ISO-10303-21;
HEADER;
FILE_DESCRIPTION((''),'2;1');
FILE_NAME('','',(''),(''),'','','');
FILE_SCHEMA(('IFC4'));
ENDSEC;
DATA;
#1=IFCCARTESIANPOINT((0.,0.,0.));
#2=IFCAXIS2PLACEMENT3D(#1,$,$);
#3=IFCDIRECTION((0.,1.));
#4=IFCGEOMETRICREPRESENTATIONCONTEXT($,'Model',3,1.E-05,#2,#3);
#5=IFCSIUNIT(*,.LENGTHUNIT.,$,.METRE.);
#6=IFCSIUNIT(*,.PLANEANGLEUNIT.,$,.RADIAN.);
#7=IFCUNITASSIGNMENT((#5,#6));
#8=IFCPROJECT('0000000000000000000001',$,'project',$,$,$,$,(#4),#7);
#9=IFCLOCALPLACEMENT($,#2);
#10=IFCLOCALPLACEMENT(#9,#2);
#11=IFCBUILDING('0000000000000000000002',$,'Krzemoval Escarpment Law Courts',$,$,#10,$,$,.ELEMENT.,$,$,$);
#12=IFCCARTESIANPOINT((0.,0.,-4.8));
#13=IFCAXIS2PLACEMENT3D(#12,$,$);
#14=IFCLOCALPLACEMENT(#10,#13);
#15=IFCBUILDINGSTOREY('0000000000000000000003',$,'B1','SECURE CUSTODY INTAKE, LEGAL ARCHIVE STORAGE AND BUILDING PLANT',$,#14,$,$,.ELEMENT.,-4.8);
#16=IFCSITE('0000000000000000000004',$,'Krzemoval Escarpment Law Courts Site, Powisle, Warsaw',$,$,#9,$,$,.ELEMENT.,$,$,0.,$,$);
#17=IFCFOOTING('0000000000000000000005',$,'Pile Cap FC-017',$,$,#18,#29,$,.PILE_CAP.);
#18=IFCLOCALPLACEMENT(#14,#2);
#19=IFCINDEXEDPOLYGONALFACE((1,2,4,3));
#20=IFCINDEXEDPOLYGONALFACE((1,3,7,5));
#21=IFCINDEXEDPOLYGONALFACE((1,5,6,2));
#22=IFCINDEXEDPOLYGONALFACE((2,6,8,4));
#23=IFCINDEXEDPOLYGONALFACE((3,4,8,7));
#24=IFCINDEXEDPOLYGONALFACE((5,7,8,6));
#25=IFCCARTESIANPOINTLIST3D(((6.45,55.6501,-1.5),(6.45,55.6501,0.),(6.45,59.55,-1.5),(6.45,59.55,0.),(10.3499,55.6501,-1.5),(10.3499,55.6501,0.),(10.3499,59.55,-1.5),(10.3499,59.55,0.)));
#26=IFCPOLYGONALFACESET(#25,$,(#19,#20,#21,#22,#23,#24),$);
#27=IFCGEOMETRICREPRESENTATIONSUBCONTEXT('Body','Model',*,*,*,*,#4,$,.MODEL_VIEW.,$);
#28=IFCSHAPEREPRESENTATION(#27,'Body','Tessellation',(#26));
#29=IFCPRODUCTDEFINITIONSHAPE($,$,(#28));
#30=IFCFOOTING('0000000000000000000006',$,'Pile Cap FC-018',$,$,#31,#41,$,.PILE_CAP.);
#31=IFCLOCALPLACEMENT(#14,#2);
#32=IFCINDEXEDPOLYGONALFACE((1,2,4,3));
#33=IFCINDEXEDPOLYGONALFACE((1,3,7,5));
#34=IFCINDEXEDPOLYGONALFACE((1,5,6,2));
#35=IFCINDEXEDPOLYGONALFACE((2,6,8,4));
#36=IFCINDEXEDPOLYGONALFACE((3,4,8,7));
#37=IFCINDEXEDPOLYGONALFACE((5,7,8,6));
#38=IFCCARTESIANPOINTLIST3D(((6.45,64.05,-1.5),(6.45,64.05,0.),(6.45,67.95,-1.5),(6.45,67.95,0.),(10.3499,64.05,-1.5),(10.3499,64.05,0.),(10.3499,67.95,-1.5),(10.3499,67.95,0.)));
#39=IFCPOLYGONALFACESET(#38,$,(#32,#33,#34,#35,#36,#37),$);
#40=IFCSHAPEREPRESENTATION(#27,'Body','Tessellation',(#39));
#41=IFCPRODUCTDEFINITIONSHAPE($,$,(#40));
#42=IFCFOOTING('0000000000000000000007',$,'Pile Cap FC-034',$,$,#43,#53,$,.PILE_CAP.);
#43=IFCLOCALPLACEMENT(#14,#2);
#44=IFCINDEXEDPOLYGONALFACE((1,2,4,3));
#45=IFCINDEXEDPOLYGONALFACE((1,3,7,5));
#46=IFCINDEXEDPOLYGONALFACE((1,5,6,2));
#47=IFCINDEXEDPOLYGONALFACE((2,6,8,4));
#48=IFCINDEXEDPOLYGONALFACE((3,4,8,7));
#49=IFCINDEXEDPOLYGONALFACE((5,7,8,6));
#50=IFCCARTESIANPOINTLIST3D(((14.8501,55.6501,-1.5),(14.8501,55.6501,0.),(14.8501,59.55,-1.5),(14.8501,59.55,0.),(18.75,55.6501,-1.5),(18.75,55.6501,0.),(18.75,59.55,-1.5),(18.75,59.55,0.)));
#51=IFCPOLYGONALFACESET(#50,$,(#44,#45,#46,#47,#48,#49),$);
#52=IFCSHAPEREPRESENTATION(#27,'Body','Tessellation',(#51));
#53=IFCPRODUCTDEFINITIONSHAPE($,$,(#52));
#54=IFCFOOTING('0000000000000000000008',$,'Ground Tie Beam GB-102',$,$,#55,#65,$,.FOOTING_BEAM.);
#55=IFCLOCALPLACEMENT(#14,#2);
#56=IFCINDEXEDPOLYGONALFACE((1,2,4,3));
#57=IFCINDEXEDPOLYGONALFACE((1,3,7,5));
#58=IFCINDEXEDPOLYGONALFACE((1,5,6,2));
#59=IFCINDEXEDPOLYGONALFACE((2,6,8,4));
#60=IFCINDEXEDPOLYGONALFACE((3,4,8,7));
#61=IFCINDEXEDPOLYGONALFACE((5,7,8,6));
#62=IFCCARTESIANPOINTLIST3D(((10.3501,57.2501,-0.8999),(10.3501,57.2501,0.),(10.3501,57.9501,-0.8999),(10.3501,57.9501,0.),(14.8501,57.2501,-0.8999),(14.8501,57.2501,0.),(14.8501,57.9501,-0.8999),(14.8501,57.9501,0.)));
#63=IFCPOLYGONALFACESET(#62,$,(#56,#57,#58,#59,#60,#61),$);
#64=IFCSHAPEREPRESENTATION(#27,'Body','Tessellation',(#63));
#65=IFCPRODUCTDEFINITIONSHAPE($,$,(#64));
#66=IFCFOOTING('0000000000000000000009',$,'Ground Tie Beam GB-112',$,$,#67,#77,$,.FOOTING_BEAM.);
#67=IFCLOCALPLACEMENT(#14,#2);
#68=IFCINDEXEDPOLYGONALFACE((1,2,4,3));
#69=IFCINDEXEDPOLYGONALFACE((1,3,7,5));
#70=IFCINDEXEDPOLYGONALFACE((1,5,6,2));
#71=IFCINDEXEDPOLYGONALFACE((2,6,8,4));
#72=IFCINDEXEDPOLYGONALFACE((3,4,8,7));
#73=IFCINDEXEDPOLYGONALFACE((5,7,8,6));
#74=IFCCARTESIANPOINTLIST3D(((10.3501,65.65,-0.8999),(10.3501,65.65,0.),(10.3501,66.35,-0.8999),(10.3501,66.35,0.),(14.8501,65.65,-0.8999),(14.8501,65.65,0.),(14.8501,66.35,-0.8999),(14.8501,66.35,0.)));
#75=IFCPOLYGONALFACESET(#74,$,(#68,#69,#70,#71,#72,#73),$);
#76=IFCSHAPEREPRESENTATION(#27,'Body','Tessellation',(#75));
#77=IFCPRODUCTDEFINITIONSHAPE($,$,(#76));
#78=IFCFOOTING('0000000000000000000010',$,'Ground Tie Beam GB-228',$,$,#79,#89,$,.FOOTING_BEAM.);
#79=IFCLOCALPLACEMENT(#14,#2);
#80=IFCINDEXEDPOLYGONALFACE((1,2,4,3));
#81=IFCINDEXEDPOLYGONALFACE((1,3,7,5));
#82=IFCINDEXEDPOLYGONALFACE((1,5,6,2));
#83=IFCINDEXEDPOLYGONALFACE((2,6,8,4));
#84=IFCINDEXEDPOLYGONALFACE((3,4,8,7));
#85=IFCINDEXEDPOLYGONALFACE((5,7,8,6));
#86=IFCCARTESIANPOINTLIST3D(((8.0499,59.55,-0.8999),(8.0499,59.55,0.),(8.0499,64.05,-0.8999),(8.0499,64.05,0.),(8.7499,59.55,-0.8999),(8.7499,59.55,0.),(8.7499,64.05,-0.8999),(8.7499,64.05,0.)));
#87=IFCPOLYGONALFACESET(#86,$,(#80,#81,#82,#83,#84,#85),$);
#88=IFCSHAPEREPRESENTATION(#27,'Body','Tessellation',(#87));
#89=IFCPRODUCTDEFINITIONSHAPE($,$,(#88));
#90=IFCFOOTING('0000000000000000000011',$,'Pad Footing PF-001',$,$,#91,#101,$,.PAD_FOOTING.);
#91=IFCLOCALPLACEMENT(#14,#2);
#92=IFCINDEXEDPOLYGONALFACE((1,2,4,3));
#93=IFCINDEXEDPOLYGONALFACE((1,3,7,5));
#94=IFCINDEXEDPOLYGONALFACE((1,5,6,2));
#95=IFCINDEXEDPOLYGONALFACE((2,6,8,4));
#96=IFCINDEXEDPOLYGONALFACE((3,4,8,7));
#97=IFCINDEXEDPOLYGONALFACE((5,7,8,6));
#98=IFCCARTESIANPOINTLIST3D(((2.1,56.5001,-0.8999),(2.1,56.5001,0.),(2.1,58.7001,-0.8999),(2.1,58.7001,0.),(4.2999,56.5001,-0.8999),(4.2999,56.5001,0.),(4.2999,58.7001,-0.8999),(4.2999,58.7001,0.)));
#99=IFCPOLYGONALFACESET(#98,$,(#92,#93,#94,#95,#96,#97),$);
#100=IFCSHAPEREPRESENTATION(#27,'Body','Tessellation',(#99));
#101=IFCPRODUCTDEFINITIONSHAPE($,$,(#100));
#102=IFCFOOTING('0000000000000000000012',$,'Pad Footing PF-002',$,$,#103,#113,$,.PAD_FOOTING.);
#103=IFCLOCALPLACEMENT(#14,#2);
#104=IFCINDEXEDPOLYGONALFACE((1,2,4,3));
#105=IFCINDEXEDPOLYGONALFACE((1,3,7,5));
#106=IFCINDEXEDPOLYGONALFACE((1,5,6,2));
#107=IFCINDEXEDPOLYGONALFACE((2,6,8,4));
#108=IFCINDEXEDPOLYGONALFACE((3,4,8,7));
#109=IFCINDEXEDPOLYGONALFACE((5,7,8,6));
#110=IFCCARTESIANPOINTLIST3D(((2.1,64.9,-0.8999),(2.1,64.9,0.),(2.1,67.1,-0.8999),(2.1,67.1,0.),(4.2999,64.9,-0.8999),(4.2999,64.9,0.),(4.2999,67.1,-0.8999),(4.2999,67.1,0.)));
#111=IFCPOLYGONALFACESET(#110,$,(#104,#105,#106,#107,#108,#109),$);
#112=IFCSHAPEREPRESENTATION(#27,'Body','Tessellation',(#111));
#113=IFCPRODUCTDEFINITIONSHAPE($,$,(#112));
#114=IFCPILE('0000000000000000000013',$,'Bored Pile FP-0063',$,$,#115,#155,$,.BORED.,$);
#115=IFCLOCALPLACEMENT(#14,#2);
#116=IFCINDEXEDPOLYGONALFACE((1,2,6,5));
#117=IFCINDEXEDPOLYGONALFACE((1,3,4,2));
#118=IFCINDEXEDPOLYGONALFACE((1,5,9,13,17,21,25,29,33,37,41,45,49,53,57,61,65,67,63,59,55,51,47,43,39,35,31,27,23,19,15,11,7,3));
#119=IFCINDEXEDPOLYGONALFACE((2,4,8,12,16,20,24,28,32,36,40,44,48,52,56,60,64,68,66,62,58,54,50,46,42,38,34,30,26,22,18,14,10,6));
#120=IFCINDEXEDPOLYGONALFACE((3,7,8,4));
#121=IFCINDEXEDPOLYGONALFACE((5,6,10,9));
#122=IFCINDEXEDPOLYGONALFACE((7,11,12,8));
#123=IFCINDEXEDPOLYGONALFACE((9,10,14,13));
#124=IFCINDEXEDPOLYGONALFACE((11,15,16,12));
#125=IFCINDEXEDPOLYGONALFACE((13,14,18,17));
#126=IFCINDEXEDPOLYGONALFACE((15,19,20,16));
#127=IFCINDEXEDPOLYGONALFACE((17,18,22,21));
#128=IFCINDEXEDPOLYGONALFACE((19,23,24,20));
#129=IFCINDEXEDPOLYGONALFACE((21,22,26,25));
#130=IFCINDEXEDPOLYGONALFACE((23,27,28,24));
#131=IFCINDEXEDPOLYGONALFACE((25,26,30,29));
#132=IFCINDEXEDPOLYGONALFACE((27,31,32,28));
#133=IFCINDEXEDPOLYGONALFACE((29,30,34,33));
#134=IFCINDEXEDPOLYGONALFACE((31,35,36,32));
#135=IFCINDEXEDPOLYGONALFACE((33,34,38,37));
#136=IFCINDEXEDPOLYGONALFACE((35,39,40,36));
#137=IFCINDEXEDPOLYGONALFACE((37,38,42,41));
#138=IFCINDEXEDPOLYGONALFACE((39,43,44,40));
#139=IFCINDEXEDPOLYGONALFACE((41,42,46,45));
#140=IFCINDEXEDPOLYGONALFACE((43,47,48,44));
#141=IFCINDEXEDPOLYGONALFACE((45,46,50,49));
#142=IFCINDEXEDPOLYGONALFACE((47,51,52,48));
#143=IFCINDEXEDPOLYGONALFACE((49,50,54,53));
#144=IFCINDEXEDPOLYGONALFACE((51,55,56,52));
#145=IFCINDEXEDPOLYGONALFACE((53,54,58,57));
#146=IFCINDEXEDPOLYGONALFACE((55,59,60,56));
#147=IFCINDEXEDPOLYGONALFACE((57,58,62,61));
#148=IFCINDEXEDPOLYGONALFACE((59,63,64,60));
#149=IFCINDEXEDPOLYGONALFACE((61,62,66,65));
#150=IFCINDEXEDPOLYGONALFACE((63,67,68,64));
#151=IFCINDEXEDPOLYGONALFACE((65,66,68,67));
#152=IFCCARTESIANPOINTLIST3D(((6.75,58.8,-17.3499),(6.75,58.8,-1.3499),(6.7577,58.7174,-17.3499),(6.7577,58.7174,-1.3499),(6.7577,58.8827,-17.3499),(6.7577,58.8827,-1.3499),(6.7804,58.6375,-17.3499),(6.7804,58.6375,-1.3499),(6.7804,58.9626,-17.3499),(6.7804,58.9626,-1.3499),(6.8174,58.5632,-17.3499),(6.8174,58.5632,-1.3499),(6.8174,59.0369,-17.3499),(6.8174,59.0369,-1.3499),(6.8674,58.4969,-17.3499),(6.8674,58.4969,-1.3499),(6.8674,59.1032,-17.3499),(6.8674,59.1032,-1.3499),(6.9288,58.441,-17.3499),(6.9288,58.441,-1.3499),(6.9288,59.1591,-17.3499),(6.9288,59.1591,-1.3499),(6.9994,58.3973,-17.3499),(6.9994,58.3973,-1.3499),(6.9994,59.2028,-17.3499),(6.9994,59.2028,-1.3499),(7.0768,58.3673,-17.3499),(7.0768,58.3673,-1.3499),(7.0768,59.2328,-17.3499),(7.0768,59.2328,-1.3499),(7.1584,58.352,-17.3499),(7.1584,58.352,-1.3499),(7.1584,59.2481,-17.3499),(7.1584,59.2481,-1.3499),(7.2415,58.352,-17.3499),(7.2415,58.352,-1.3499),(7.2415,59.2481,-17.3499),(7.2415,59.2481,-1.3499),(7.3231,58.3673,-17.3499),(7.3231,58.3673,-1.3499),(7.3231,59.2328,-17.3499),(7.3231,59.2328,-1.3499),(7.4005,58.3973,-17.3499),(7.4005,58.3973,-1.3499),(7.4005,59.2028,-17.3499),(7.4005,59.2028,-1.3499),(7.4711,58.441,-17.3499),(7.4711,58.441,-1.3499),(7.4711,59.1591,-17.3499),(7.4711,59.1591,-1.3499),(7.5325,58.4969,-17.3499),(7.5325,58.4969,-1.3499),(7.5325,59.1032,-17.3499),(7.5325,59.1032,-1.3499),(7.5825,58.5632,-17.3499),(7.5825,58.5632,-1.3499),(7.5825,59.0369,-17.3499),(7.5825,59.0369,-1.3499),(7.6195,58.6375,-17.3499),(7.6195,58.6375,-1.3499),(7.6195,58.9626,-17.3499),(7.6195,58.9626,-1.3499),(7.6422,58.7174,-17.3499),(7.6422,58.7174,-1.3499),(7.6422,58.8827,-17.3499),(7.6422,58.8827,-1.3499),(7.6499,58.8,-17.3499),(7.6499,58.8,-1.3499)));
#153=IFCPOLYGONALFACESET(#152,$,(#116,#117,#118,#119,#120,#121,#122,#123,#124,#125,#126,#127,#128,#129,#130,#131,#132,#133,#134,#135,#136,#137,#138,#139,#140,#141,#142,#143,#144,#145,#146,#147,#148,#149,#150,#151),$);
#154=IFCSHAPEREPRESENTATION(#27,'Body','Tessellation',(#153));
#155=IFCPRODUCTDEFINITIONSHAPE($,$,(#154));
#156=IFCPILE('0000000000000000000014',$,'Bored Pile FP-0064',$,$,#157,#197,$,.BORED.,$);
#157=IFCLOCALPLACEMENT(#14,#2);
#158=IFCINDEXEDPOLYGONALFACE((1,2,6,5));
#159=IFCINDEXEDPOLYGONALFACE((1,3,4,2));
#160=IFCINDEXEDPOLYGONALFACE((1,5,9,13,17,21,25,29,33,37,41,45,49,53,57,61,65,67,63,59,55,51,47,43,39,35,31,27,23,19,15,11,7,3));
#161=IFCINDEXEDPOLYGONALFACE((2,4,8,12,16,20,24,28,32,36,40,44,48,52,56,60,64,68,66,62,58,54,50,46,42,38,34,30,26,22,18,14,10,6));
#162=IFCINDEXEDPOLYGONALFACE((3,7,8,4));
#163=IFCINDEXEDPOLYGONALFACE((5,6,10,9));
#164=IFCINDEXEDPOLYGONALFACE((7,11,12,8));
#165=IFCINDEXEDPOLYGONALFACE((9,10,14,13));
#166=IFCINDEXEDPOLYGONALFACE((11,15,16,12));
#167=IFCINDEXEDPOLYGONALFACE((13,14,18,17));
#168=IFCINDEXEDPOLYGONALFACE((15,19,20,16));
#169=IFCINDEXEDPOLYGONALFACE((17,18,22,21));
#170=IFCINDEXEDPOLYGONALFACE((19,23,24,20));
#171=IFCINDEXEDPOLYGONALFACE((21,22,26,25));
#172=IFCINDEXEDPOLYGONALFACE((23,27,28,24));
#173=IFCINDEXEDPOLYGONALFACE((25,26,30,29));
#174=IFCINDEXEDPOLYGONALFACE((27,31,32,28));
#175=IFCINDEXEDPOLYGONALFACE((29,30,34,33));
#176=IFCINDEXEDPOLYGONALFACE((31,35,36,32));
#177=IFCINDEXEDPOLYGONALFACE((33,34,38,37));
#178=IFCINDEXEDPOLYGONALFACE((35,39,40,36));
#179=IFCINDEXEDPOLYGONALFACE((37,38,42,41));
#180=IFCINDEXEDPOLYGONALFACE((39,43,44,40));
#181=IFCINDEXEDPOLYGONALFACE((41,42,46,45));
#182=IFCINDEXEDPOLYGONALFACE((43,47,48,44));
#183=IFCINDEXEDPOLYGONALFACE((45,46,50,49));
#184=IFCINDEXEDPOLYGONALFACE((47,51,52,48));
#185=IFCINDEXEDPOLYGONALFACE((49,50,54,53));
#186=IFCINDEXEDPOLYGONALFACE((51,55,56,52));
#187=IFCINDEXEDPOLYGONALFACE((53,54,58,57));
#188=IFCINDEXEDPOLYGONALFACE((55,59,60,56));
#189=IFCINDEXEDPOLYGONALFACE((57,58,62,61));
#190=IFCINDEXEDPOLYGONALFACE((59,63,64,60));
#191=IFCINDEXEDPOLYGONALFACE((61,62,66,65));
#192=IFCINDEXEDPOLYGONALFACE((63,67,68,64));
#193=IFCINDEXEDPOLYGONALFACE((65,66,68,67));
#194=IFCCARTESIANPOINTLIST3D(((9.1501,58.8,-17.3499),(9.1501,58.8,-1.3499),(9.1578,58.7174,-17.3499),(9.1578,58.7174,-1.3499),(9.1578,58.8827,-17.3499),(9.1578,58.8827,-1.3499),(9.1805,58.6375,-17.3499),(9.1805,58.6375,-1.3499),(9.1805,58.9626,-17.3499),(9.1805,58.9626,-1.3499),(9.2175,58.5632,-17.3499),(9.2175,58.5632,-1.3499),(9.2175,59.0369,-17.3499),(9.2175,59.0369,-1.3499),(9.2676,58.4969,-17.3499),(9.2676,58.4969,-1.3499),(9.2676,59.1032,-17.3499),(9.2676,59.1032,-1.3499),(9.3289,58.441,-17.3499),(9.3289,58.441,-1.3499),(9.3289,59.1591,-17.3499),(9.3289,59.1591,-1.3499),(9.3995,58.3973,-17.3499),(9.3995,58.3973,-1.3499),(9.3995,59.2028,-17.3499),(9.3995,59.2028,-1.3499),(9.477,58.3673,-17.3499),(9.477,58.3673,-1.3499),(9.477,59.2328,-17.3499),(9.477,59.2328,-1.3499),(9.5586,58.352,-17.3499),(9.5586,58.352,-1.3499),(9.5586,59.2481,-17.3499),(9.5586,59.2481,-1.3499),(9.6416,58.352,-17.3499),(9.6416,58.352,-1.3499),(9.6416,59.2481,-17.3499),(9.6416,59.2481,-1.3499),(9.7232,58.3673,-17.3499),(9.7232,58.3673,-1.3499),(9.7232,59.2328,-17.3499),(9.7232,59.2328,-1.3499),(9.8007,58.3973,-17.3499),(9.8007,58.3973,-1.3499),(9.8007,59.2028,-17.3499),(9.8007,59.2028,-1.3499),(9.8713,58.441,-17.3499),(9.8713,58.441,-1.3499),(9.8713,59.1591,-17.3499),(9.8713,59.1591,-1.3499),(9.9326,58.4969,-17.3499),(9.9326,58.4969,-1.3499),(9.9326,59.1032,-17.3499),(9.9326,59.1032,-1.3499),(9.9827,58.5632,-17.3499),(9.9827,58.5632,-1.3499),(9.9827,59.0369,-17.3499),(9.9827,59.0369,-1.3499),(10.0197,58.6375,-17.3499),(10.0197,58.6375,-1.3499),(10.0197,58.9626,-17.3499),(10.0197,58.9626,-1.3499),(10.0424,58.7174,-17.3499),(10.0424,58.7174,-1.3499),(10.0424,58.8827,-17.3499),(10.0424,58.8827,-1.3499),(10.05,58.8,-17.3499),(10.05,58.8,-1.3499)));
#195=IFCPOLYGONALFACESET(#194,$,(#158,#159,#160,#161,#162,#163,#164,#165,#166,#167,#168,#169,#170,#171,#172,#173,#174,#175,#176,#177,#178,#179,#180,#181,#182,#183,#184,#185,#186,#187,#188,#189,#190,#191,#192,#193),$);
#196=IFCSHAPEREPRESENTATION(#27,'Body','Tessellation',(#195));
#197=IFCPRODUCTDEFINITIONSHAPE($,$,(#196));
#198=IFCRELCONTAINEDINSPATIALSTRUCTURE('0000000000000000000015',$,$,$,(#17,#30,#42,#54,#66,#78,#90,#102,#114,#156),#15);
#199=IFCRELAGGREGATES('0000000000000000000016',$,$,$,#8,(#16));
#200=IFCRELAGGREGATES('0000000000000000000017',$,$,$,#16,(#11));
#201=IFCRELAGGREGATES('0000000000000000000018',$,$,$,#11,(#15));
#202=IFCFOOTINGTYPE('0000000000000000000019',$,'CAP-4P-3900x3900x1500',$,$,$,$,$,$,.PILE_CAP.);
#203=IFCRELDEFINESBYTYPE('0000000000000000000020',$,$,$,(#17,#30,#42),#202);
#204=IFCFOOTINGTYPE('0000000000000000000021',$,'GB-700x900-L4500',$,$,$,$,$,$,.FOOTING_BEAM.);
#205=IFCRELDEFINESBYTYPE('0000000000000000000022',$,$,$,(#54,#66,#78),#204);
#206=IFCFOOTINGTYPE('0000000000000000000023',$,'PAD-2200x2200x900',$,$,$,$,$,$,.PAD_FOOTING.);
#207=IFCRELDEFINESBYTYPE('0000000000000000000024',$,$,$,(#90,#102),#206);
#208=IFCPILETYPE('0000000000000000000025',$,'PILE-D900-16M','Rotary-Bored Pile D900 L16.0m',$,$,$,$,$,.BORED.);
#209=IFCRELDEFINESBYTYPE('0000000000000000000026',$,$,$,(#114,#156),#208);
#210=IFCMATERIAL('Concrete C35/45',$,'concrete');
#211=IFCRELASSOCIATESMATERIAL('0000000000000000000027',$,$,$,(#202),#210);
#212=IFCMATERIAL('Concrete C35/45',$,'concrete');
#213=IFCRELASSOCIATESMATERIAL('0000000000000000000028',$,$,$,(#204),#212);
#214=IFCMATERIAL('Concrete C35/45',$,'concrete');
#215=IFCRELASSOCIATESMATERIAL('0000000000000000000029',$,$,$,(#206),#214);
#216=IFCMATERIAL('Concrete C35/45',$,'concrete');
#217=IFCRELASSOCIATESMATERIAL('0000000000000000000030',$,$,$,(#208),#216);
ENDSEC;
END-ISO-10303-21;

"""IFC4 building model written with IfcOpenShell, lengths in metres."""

from ifc_helpers import new_model, si_unit, direction, frame, origin, origin_2d, place, context, subcontext, project, spatial, rectangle, circle, extrude, material, material_profile, profile_set, type_object, element, save


model = new_model("IFC4")

# Units and contexts
model_context = context("Model", 3, precision=1e-05, world=origin(), true_north=direction((0.0, 1.0)))
body_context = subcontext(model_context, "Body", "Model", "MODEL_VIEW")
ifc_project = project(units=[si_unit("LENGTHUNIT", "METRE"), si_unit("PLANEANGLEUNIT", "RADIAN")], contexts=[model_context])

# Site, building, storey
site_placement = place(None, origin())
site = spatial("IfcSite", under=ifc_project, at=site_placement, Name="Krzemoval Escarpment Law Courts Site, Powisle, Warsaw", CompositionType="ELEMENT", RefElevation=0.0)
building_placement = place(site_placement, origin())
building = spatial("IfcBuilding", under=site, at=building_placement, Name="Krzemoval Escarpment Law Courts", CompositionType="ELEMENT")
storey_placement = place(building_placement, frame((0.0, 0.0, -4.8)))
storey = spatial("IfcBuildingStorey", under=building, at=storey_placement, Name="B1", Description="SECURE CUSTODY INTAKE, LEGAL ARCHIVE STORAGE AND BUILDING PLANT", CompositionType="ELEMENT", Elevation=-4.8)

# Footings
ifc_material_1 = material(Name="Concrete C35/45", Category="concrete")
footing_type_1 = type_object("IfcFootingType", Name="CAP-4P-3900x3900x1500", PredefinedType="PILE_CAP", material=ifc_material_1)
for number, where, z_axis, x_axis, name in (
    (1, (8.3999, 57.6001, -1.5), (0.0, 0.0, 1.0), (1.0, 0.0, 0.0), "Pile Cap FC-017"),
    (2, (8.3999, 66.0, -1.5), (0.0, 0.0, 1.0), (1.0, 0.0, 0.0), "Pile Cap FC-018"),
    (3, (16.8, 57.6001, -1.5), (0.0, 0.0, 1.0), (1.0, 0.0, 0.0), "Pile Cap FC-034"),
):
    element("IfcFooting", number, at=place(storey_placement, frame(where, z_axis=z_axis, x_axis=x_axis)), inside=storey, type_object=footing_type_1, Name=name, PredefinedType="PILE_CAP", context=body_context, shape_type="SweptSolid", body=[
        extrude(rectangle(XDim=3.8999, YDim=3.8999, at=origin_2d()), origin(), (0.0, 0.0, 1.0), 1.5),
    ])
ifc_material_2 = material(Name="Concrete C35/45", Category="concrete")
footing_type_2 = type_object("IfcFootingType", Name="GB-700x900-L4500", PredefinedType="FOOTING_BEAM", material=ifc_material_2)
for number, where, z_axis, x_axis, name in (
    (4, (12.6001, 57.6001, -0.8999), (0.0, 0.0, 1.0), (1.0, 0.0, 0.0), "Ground Tie Beam GB-102"),
    (5, (12.6001, 66.0, -0.8999), (0.0, 0.0, 1.0), (1.0, 0.0, 0.0), "Ground Tie Beam GB-112"),
    (6, (8.3999, 61.8, -0.8999), (0.0, 0.0, 1.0), (0.0, 1.0, 0.0), "Ground Tie Beam GB-228"),
):
    element("IfcFooting", number, at=place(storey_placement, frame(where, z_axis=z_axis, x_axis=x_axis)), inside=storey, type_object=footing_type_2, Name=name, PredefinedType="FOOTING_BEAM", context=body_context, shape_type="SweptSolid", body=[
        extrude(rectangle(XDim=4.5, YDim=0.7, at=origin_2d()), origin(), (0.0, 0.0, 1.0), 0.8999),
    ])
ifc_material_3 = material(Name="Concrete C35/45", Category="concrete")
footing_type_3 = type_object("IfcFootingType", Name="PAD-2200x2200x900", PredefinedType="PAD_FOOTING", material=ifc_material_3)
for number, where, z_axis, x_axis, name in (
    (7, (3.2, 57.6001, -0.8999), (0.0, 0.0, 1.0), (1.0, 0.0, 0.0), "Pad Footing PF-001"),
    (8, (3.2, 66.0, -0.8999), (0.0, 0.0, 1.0), (1.0, 0.0, 0.0), "Pad Footing PF-002"),
):
    element("IfcFooting", number, at=place(storey_placement, frame(where, z_axis=z_axis, x_axis=x_axis)), inside=storey, type_object=footing_type_3, Name=name, PredefinedType="PAD_FOOTING", context=body_context, shape_type="SweptSolid", body=[
        extrude(rectangle(XDim=2.2, YDim=2.2, at=origin_2d()), origin(), (0.0, 0.0, 1.0), 0.8999),
    ])

# Piles
ifc_material_4 = material(Name="Concrete C35/45", Category="concrete")
ifc_material_profile_1 = material_profile(ifc_material_4, circle(Radius=0.45, at=origin_2d()), Name="PILE D900")
ifc_profile_set_1 = profile_set([ifc_material_profile_1], Name="Concrete C35/45")
pile_type = type_object("IfcPileType", Name="PILE-D900-16M", Description="Rotary-Bored Pile D900 L16.0m", PredefinedType="BORED", material=ifc_profile_set_1)
for number, where, z_axis, x_axis, name in (
    (9, (7.2, 58.8, -1.3499), (0.0, 0.0, -1.0), (1.0, 0.0, 0.0), "Bored Pile FP-0063"),
    (10, (9.6001, 58.8, -1.3499), (0.0, 0.0, -1.0), (1.0, 0.0, 0.0), "Bored Pile FP-0064"),
):
    element("IfcPile", number, at=place(storey_placement, frame(where, z_axis=z_axis, x_axis=x_axis)), inside=storey, type_object=pile_type, Name=name, PredefinedType="BORED", context=body_context, shape_type="SweptSolid", body=[
        extrude(circle(Radius=0.45, at=origin_2d()), origin(), (0.0, 0.0, 1.0), 16.0),
    ])

save(model, "model.ifc")
